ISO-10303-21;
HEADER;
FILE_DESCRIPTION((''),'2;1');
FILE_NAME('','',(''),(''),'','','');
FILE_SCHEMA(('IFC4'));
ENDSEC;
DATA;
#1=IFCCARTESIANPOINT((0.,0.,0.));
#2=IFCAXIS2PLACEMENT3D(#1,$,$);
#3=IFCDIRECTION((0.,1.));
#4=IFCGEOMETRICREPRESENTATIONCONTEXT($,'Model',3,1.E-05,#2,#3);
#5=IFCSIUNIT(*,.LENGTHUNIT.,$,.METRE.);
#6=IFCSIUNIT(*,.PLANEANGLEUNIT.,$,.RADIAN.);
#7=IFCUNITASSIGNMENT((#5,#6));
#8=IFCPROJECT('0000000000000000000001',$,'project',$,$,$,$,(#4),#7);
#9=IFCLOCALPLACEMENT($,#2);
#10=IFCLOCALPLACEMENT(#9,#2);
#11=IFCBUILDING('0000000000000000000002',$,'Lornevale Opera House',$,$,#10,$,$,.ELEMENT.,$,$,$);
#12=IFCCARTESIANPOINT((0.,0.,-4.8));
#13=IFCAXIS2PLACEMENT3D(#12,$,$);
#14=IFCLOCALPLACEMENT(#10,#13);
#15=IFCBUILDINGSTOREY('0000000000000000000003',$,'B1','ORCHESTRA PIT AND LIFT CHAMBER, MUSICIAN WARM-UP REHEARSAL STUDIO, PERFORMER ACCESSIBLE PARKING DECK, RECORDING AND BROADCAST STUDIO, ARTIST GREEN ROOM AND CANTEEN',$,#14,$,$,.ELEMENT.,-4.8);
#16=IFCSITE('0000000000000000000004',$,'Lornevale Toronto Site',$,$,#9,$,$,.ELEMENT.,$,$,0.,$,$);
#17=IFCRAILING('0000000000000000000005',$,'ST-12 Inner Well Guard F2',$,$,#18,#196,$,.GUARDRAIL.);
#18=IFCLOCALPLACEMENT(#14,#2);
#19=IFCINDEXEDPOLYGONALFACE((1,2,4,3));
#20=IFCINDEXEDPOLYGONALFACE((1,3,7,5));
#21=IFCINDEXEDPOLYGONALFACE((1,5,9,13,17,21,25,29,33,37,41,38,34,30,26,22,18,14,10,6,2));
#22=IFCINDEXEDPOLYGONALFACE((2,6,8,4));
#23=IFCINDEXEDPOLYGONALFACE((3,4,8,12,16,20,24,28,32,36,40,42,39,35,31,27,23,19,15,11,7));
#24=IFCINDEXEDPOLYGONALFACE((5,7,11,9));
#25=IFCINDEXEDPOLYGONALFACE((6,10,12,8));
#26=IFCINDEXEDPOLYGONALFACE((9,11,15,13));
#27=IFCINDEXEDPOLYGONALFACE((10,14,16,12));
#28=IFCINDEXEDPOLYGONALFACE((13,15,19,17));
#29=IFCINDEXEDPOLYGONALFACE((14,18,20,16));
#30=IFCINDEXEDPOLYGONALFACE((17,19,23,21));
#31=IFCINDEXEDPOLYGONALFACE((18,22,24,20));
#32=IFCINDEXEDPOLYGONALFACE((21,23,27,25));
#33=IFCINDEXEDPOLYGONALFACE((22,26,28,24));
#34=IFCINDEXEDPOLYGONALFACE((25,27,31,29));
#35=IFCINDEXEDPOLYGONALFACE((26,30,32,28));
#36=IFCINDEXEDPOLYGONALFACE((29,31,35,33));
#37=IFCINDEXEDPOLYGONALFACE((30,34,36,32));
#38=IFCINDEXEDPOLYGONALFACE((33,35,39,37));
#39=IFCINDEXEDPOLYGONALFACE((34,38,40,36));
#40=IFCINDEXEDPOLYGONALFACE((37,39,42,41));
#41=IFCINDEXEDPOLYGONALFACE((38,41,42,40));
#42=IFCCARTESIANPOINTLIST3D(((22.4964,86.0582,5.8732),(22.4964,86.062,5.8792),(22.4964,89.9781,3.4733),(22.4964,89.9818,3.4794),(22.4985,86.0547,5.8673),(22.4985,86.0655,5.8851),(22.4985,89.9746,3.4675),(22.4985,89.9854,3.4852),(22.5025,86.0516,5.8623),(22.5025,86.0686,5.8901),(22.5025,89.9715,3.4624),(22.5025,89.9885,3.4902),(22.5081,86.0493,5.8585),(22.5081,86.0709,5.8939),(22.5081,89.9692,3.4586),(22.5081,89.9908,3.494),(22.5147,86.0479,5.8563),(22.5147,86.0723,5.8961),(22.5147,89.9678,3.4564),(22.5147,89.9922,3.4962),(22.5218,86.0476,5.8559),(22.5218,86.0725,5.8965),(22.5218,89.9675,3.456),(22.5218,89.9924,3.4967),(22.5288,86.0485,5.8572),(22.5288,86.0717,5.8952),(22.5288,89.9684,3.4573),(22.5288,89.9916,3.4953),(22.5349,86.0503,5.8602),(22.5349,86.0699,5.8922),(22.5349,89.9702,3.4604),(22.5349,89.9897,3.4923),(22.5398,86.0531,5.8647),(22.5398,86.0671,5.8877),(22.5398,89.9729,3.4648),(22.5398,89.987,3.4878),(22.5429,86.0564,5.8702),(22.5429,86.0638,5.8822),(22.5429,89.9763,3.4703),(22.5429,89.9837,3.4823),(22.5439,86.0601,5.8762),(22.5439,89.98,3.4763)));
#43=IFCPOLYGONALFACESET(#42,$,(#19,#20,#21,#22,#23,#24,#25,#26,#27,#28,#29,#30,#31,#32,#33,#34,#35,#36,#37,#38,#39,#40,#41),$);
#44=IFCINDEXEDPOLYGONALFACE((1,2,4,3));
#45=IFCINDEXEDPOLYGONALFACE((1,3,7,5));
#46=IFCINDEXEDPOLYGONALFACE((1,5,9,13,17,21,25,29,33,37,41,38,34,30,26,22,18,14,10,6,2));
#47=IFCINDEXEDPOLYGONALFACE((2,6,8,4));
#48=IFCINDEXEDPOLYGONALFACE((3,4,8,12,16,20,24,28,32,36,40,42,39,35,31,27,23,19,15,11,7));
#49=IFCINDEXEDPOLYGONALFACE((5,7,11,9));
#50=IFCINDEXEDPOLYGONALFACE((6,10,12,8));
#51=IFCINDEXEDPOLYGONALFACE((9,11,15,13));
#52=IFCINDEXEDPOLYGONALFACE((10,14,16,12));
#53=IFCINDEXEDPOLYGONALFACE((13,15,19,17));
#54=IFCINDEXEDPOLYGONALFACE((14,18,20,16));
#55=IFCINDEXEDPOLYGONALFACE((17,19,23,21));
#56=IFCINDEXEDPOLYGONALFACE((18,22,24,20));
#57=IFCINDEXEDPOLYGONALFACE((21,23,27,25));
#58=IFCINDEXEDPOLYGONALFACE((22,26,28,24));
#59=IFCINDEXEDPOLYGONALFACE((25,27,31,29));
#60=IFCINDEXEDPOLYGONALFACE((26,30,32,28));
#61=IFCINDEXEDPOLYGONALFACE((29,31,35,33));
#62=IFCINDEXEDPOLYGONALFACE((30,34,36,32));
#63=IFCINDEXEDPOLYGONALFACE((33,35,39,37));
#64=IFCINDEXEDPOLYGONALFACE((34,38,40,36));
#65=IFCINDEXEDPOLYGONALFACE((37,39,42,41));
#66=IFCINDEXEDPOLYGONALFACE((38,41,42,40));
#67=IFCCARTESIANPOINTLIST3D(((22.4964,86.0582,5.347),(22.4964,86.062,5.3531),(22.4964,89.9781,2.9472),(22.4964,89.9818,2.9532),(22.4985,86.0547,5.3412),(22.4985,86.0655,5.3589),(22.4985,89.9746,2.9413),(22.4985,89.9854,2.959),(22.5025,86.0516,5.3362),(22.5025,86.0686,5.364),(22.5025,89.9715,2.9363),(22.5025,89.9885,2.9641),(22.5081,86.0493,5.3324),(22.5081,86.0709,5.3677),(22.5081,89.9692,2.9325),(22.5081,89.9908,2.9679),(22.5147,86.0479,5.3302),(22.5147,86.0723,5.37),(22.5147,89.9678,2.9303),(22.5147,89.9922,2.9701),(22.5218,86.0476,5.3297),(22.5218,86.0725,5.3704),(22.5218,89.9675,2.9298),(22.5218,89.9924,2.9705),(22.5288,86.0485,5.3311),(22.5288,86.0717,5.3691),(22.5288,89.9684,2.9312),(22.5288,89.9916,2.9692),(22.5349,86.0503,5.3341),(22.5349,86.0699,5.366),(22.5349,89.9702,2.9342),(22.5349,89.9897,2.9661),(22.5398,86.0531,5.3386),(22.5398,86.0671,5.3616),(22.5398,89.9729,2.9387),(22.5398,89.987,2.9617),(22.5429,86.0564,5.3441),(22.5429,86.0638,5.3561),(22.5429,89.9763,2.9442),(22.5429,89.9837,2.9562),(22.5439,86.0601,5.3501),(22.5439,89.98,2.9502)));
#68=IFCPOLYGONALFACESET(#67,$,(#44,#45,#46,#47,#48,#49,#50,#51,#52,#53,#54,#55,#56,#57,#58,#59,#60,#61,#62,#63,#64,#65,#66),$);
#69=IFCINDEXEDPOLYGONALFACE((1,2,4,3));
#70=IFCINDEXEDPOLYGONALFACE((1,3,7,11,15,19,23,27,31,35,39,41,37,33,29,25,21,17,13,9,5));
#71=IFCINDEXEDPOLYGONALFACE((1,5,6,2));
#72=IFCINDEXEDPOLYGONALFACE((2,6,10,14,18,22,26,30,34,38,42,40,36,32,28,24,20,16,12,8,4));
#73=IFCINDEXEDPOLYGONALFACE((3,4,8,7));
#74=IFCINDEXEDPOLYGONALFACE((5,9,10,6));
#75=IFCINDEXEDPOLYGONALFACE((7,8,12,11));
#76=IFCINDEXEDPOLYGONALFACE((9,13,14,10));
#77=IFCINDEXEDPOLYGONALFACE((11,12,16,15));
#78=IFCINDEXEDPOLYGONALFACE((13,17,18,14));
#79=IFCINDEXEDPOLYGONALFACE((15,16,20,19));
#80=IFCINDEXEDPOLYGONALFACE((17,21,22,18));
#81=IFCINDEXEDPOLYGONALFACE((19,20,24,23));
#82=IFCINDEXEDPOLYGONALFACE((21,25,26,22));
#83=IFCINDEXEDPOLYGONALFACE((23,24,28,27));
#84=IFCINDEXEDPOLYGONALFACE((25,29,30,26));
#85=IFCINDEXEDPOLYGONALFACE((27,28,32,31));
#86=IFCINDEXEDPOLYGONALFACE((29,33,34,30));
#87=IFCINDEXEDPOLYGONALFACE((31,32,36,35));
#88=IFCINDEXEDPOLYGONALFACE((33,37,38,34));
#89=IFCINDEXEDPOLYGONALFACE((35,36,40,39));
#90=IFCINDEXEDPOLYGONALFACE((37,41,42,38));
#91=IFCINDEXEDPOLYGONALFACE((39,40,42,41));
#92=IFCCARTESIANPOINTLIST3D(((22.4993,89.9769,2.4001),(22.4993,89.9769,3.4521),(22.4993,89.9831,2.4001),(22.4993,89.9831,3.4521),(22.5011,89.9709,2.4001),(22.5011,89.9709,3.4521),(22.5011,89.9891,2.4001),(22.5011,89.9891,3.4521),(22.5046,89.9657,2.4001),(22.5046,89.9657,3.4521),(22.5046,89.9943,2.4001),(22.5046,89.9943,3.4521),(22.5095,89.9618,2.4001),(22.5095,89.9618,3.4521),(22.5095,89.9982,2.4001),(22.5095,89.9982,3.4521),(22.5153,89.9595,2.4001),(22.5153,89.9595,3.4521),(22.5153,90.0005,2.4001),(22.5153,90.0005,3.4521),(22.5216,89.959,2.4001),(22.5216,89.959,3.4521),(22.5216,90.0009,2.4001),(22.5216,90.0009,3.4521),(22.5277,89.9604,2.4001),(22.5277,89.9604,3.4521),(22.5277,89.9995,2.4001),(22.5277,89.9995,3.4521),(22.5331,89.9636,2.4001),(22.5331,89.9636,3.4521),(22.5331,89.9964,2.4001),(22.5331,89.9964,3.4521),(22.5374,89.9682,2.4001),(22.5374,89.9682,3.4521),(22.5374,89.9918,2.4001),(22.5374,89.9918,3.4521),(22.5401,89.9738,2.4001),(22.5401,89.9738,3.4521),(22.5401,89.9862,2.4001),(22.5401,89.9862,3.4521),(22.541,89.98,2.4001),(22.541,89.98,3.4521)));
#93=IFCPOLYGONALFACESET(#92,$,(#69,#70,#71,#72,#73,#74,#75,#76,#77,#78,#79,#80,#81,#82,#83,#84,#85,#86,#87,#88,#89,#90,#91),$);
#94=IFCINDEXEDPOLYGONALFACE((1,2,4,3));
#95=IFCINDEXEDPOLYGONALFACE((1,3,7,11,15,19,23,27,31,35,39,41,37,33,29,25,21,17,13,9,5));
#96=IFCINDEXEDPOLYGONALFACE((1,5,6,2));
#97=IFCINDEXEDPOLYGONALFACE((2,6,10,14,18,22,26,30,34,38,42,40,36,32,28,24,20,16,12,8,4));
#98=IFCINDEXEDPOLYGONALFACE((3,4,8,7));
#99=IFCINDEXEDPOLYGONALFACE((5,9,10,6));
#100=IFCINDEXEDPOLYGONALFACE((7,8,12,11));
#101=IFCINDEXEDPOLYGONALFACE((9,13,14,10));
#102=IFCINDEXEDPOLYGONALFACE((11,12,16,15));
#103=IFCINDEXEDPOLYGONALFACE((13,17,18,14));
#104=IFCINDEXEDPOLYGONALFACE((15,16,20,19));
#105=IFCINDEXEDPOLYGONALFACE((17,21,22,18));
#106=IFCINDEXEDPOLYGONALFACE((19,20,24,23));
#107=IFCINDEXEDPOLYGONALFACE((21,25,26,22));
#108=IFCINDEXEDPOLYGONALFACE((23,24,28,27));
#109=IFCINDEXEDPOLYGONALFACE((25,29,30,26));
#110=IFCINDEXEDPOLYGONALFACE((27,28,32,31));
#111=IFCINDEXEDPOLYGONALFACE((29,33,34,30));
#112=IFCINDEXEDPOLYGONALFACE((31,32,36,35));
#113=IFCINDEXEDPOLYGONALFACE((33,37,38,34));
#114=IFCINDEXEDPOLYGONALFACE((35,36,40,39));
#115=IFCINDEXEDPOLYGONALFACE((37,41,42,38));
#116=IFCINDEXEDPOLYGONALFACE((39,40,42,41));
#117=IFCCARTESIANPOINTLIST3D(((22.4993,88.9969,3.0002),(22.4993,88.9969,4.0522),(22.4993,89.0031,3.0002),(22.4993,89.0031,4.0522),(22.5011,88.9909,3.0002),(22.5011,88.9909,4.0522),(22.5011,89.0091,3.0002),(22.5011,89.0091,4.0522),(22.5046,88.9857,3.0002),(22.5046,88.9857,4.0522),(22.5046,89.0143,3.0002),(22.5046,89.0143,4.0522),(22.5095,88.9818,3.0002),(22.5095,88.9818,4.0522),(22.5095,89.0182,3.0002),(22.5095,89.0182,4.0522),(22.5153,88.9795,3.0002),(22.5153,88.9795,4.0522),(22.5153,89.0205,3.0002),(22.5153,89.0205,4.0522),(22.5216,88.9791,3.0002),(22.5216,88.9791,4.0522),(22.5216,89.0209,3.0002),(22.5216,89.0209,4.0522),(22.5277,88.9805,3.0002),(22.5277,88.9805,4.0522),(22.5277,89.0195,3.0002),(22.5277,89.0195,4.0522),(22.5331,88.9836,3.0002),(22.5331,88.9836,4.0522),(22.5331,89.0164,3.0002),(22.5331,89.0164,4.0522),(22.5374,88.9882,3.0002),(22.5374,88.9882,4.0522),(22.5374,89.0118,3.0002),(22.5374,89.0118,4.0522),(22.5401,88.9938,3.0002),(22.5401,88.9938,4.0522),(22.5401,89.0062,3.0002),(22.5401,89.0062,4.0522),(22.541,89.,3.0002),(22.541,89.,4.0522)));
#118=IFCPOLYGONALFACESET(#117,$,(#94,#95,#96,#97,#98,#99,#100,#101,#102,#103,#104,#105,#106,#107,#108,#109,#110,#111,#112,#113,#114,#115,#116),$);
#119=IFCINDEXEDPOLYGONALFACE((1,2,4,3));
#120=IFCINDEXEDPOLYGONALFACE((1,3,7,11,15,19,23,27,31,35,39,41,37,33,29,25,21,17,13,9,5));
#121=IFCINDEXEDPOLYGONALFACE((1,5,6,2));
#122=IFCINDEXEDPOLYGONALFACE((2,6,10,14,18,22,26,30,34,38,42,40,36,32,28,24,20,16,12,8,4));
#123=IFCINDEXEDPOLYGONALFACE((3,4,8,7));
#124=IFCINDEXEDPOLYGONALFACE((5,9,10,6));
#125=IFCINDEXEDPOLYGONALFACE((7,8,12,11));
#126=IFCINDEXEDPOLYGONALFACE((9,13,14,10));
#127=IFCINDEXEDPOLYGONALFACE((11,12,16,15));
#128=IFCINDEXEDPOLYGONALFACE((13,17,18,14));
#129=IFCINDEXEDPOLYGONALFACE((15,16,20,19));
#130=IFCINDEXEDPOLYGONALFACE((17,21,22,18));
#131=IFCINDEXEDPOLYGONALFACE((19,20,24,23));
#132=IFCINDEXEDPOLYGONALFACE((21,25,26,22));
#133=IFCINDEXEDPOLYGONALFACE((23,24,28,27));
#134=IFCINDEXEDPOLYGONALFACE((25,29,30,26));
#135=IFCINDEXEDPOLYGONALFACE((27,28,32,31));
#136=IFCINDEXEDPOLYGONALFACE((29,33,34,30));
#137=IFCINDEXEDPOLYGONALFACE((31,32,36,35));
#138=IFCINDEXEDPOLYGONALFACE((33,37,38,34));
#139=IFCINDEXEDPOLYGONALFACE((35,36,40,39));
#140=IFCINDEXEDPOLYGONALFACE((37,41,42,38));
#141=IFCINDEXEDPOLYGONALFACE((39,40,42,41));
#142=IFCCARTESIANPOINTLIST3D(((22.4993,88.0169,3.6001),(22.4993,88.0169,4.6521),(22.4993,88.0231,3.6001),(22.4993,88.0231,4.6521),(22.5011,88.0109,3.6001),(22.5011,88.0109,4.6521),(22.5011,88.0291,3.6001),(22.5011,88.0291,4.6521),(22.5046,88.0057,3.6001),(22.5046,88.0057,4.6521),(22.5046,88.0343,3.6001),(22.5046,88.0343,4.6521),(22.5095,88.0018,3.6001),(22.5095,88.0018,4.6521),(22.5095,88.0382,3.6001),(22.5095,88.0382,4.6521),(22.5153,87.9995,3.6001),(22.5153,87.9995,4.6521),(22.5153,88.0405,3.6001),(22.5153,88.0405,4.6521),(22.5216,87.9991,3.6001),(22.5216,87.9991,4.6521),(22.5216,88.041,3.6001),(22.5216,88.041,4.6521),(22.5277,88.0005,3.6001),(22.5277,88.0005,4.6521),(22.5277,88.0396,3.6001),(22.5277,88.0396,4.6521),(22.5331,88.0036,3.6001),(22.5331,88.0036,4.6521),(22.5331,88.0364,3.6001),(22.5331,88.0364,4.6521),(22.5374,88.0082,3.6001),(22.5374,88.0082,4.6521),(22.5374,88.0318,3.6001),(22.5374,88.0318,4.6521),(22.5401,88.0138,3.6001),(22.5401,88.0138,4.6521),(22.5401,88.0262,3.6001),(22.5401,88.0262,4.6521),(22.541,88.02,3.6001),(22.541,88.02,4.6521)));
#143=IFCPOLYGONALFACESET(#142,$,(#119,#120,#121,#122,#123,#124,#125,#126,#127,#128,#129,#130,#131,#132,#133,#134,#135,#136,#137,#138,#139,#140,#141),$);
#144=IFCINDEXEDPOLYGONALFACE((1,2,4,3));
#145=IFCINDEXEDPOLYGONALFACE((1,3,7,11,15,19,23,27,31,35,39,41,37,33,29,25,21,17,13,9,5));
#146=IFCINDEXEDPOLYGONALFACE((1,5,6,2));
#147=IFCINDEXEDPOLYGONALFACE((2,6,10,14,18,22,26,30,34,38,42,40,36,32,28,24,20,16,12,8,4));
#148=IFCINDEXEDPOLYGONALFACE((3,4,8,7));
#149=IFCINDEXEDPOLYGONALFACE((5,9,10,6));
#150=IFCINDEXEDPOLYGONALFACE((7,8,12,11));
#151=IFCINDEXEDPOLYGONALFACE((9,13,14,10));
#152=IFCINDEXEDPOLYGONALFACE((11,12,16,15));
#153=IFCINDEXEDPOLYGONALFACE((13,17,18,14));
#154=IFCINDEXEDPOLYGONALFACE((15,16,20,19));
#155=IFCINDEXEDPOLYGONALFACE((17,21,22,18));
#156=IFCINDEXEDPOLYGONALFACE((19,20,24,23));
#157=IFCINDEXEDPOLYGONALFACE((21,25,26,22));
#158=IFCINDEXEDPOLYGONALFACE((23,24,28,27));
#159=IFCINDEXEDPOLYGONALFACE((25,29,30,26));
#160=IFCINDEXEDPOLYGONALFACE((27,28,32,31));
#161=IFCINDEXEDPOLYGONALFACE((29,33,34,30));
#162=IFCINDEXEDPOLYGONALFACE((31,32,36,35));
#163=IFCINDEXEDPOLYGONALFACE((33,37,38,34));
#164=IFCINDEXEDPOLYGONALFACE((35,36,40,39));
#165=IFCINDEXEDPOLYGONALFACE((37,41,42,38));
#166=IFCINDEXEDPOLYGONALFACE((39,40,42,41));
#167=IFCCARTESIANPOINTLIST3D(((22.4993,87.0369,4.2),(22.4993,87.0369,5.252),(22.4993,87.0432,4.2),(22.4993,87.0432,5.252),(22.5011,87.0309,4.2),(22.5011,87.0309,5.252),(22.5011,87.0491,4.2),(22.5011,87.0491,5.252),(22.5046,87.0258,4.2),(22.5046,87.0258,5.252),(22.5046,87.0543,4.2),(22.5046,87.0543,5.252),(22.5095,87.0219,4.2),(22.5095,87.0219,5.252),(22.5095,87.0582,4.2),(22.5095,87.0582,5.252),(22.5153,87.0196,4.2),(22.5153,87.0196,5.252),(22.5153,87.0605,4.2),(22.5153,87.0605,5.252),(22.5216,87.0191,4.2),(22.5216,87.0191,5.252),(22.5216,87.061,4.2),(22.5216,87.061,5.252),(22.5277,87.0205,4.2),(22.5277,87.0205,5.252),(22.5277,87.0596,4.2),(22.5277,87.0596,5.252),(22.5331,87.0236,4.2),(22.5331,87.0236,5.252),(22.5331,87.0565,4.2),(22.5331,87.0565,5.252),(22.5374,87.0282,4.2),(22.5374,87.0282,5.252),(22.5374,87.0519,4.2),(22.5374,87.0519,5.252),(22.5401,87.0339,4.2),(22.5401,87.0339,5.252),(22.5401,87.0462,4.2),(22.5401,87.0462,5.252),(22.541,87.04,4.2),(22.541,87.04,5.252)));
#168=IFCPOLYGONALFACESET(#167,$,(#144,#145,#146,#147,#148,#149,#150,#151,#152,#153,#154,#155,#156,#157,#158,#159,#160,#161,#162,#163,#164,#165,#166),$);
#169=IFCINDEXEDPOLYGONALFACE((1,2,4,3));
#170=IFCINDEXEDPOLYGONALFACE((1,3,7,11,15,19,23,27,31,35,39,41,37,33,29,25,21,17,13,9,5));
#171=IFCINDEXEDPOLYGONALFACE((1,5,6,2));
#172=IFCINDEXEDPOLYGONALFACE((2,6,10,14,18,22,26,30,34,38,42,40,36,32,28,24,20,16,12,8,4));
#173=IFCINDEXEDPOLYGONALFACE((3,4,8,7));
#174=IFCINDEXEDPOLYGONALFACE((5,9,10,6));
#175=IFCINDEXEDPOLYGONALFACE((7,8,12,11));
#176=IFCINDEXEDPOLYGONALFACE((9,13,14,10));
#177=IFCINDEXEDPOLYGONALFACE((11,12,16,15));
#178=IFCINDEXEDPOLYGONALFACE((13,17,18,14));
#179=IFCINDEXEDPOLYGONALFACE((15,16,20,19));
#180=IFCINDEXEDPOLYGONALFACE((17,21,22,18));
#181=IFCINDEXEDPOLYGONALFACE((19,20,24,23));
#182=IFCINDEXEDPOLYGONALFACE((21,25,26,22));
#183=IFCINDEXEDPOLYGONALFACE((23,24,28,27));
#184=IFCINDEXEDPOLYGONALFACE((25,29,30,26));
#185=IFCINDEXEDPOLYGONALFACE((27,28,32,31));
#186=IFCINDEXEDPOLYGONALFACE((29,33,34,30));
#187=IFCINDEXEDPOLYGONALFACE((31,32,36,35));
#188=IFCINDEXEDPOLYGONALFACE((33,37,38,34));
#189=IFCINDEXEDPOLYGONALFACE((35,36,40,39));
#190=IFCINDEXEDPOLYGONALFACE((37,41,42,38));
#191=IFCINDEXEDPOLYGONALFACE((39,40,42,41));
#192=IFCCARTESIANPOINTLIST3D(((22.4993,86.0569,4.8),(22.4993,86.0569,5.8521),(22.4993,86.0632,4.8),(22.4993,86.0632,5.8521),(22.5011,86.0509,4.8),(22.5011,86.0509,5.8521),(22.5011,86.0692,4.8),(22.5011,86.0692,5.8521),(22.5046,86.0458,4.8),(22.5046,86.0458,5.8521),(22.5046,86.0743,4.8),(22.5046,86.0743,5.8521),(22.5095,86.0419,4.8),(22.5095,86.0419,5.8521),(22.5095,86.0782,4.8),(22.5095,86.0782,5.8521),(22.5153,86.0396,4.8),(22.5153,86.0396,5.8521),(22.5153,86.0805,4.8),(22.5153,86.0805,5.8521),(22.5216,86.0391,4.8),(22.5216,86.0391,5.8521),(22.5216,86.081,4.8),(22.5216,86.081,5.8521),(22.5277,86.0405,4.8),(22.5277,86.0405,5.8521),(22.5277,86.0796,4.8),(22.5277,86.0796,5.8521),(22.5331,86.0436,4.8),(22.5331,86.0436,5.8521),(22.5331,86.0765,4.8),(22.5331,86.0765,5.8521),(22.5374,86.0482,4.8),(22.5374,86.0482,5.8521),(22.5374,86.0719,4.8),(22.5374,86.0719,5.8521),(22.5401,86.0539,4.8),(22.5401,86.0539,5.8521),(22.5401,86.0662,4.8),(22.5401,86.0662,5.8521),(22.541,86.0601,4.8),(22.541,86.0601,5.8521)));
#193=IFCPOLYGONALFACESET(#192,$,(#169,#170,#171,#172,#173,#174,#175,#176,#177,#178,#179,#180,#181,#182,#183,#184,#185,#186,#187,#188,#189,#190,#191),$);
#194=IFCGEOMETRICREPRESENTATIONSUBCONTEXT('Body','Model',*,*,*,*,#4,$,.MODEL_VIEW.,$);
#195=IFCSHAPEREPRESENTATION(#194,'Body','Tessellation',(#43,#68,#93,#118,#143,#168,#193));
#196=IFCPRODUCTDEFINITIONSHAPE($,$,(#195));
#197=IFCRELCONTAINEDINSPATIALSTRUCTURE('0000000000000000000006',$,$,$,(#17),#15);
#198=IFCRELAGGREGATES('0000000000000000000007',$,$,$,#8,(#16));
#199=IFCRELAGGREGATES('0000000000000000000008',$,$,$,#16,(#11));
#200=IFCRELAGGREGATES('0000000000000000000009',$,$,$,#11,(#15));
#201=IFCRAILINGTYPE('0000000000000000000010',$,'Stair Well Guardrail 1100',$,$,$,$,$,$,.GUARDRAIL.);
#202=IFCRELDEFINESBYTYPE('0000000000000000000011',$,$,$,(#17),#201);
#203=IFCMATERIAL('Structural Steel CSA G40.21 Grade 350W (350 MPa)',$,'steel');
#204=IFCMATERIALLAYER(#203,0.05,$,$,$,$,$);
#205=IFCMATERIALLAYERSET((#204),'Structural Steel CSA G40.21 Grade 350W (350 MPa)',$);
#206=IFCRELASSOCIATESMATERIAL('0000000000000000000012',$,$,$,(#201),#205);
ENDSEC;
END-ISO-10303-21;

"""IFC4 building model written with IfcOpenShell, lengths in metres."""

from ifc_helpers import new_model, si_unit, direction, frame, origin, origin_2d, place, context, subcontext, project, spatial, circle, extrude, material, layer, layer_set, type_object, element, save


model = new_model("IFC4")

# Units and contexts
model_context = context("Model", 3, precision=1e-05, world=origin(), true_north=direction((0.0, 1.0)))
body_context = subcontext(model_context, "Body", "Model", "MODEL_VIEW")
ifc_project = project(units=[si_unit("LENGTHUNIT", "METRE"), si_unit("PLANEANGLEUNIT", "RADIAN")], contexts=[model_context])

# Site, building, storey
site_placement = place(None, origin())
site = spatial("IfcSite", under=ifc_project, at=site_placement, Name="Lornevale Toronto Site", CompositionType="ELEMENT", RefElevation=0.0)
building_placement = place(site_placement, origin())
building = spatial("IfcBuilding", under=site, at=building_placement, Name="Lornevale Opera House", CompositionType="ELEMENT")
storey_placement = place(building_placement, frame((0.0, 0.0, -4.8)))
storey = spatial("IfcBuildingStorey", under=building, at=storey_placement, Name="B1", Description="ORCHESTRA PIT AND LIFT CHAMBER, MUSICIAN WARM-UP REHEARSAL STUDIO, PERFORMER ACCESSIBLE PARKING DECK, RECORDING AND BROADCAST STUDIO, ARTIST GREEN ROOM AND CANTEEN", CompositionType="ELEMENT", Elevation=-4.8)

# Railing
ifc_material_1 = material(Name="Structural Steel CSA G40.21 Grade 350W (350 MPa)", Category="steel")
ifc_layer_1 = layer(ifc_material_1, 0.05)
ifc_layer_set_1 = layer_set([ifc_layer_1], Name="Structural Steel CSA G40.21 Grade 350W (350 MPa)")
railing_type_1 = type_object("IfcRailingType", Name="Stair Well Guardrail 1100", PredefinedType="GUARDRAIL", material=ifc_layer_set_1)
railing_1_placement = place(storey_placement, frame((22.52, 89.98, 2.4001)))
element("IfcRailing", 1, at=railing_1_placement, inside=storey, type_object=railing_type_1, Name="ST-12 Inner Well Guard F2", PredefinedType="GUARDRAIL", context=body_context, shape_type="SweptSolid", body=[
    extrude(circle(Radius=0.0239, at=origin_2d()), frame((0.0, 0.0, 1.0762), z_axis=(0.0, -0.852856, 0.522146), x_axis=(1.0, 0.0, 0.0)), (0.0, 0.0, 1.0), 4.5962),
    extrude(circle(Radius=0.0239, at=origin_2d()), frame((0.0, 0.0, 0.55), z_axis=(0.0, -0.852856, 0.522146), x_axis=(1.0, 0.0, 0.0)), (0.0, 0.0, 1.0), 4.5962),
    extrude(circle(Radius=0.021, at=origin_2d()), origin(), (0.0, 0.0, 1.0), 1.052),
    extrude(circle(Radius=0.021, at=origin_2d()), frame((0.0, -0.98, 0.6001)), (0.0, 0.0, 1.0), 1.052),
    extrude(circle(Radius=0.021, at=origin_2d()), frame((0.0, -1.96, 1.2)), (0.0, 0.0, 1.0), 1.052),
    extrude(circle(Radius=0.021, at=origin_2d()), frame((0.0, -2.9399, 1.7998)), (0.0, 0.0, 1.0), 1.052),
    extrude(circle(Radius=0.021, at=origin_2d()), frame((0.0, -3.9199, 2.3999)), (0.0, 0.0, 1.0), 1.052),
])

save(model, "model.ifc")
